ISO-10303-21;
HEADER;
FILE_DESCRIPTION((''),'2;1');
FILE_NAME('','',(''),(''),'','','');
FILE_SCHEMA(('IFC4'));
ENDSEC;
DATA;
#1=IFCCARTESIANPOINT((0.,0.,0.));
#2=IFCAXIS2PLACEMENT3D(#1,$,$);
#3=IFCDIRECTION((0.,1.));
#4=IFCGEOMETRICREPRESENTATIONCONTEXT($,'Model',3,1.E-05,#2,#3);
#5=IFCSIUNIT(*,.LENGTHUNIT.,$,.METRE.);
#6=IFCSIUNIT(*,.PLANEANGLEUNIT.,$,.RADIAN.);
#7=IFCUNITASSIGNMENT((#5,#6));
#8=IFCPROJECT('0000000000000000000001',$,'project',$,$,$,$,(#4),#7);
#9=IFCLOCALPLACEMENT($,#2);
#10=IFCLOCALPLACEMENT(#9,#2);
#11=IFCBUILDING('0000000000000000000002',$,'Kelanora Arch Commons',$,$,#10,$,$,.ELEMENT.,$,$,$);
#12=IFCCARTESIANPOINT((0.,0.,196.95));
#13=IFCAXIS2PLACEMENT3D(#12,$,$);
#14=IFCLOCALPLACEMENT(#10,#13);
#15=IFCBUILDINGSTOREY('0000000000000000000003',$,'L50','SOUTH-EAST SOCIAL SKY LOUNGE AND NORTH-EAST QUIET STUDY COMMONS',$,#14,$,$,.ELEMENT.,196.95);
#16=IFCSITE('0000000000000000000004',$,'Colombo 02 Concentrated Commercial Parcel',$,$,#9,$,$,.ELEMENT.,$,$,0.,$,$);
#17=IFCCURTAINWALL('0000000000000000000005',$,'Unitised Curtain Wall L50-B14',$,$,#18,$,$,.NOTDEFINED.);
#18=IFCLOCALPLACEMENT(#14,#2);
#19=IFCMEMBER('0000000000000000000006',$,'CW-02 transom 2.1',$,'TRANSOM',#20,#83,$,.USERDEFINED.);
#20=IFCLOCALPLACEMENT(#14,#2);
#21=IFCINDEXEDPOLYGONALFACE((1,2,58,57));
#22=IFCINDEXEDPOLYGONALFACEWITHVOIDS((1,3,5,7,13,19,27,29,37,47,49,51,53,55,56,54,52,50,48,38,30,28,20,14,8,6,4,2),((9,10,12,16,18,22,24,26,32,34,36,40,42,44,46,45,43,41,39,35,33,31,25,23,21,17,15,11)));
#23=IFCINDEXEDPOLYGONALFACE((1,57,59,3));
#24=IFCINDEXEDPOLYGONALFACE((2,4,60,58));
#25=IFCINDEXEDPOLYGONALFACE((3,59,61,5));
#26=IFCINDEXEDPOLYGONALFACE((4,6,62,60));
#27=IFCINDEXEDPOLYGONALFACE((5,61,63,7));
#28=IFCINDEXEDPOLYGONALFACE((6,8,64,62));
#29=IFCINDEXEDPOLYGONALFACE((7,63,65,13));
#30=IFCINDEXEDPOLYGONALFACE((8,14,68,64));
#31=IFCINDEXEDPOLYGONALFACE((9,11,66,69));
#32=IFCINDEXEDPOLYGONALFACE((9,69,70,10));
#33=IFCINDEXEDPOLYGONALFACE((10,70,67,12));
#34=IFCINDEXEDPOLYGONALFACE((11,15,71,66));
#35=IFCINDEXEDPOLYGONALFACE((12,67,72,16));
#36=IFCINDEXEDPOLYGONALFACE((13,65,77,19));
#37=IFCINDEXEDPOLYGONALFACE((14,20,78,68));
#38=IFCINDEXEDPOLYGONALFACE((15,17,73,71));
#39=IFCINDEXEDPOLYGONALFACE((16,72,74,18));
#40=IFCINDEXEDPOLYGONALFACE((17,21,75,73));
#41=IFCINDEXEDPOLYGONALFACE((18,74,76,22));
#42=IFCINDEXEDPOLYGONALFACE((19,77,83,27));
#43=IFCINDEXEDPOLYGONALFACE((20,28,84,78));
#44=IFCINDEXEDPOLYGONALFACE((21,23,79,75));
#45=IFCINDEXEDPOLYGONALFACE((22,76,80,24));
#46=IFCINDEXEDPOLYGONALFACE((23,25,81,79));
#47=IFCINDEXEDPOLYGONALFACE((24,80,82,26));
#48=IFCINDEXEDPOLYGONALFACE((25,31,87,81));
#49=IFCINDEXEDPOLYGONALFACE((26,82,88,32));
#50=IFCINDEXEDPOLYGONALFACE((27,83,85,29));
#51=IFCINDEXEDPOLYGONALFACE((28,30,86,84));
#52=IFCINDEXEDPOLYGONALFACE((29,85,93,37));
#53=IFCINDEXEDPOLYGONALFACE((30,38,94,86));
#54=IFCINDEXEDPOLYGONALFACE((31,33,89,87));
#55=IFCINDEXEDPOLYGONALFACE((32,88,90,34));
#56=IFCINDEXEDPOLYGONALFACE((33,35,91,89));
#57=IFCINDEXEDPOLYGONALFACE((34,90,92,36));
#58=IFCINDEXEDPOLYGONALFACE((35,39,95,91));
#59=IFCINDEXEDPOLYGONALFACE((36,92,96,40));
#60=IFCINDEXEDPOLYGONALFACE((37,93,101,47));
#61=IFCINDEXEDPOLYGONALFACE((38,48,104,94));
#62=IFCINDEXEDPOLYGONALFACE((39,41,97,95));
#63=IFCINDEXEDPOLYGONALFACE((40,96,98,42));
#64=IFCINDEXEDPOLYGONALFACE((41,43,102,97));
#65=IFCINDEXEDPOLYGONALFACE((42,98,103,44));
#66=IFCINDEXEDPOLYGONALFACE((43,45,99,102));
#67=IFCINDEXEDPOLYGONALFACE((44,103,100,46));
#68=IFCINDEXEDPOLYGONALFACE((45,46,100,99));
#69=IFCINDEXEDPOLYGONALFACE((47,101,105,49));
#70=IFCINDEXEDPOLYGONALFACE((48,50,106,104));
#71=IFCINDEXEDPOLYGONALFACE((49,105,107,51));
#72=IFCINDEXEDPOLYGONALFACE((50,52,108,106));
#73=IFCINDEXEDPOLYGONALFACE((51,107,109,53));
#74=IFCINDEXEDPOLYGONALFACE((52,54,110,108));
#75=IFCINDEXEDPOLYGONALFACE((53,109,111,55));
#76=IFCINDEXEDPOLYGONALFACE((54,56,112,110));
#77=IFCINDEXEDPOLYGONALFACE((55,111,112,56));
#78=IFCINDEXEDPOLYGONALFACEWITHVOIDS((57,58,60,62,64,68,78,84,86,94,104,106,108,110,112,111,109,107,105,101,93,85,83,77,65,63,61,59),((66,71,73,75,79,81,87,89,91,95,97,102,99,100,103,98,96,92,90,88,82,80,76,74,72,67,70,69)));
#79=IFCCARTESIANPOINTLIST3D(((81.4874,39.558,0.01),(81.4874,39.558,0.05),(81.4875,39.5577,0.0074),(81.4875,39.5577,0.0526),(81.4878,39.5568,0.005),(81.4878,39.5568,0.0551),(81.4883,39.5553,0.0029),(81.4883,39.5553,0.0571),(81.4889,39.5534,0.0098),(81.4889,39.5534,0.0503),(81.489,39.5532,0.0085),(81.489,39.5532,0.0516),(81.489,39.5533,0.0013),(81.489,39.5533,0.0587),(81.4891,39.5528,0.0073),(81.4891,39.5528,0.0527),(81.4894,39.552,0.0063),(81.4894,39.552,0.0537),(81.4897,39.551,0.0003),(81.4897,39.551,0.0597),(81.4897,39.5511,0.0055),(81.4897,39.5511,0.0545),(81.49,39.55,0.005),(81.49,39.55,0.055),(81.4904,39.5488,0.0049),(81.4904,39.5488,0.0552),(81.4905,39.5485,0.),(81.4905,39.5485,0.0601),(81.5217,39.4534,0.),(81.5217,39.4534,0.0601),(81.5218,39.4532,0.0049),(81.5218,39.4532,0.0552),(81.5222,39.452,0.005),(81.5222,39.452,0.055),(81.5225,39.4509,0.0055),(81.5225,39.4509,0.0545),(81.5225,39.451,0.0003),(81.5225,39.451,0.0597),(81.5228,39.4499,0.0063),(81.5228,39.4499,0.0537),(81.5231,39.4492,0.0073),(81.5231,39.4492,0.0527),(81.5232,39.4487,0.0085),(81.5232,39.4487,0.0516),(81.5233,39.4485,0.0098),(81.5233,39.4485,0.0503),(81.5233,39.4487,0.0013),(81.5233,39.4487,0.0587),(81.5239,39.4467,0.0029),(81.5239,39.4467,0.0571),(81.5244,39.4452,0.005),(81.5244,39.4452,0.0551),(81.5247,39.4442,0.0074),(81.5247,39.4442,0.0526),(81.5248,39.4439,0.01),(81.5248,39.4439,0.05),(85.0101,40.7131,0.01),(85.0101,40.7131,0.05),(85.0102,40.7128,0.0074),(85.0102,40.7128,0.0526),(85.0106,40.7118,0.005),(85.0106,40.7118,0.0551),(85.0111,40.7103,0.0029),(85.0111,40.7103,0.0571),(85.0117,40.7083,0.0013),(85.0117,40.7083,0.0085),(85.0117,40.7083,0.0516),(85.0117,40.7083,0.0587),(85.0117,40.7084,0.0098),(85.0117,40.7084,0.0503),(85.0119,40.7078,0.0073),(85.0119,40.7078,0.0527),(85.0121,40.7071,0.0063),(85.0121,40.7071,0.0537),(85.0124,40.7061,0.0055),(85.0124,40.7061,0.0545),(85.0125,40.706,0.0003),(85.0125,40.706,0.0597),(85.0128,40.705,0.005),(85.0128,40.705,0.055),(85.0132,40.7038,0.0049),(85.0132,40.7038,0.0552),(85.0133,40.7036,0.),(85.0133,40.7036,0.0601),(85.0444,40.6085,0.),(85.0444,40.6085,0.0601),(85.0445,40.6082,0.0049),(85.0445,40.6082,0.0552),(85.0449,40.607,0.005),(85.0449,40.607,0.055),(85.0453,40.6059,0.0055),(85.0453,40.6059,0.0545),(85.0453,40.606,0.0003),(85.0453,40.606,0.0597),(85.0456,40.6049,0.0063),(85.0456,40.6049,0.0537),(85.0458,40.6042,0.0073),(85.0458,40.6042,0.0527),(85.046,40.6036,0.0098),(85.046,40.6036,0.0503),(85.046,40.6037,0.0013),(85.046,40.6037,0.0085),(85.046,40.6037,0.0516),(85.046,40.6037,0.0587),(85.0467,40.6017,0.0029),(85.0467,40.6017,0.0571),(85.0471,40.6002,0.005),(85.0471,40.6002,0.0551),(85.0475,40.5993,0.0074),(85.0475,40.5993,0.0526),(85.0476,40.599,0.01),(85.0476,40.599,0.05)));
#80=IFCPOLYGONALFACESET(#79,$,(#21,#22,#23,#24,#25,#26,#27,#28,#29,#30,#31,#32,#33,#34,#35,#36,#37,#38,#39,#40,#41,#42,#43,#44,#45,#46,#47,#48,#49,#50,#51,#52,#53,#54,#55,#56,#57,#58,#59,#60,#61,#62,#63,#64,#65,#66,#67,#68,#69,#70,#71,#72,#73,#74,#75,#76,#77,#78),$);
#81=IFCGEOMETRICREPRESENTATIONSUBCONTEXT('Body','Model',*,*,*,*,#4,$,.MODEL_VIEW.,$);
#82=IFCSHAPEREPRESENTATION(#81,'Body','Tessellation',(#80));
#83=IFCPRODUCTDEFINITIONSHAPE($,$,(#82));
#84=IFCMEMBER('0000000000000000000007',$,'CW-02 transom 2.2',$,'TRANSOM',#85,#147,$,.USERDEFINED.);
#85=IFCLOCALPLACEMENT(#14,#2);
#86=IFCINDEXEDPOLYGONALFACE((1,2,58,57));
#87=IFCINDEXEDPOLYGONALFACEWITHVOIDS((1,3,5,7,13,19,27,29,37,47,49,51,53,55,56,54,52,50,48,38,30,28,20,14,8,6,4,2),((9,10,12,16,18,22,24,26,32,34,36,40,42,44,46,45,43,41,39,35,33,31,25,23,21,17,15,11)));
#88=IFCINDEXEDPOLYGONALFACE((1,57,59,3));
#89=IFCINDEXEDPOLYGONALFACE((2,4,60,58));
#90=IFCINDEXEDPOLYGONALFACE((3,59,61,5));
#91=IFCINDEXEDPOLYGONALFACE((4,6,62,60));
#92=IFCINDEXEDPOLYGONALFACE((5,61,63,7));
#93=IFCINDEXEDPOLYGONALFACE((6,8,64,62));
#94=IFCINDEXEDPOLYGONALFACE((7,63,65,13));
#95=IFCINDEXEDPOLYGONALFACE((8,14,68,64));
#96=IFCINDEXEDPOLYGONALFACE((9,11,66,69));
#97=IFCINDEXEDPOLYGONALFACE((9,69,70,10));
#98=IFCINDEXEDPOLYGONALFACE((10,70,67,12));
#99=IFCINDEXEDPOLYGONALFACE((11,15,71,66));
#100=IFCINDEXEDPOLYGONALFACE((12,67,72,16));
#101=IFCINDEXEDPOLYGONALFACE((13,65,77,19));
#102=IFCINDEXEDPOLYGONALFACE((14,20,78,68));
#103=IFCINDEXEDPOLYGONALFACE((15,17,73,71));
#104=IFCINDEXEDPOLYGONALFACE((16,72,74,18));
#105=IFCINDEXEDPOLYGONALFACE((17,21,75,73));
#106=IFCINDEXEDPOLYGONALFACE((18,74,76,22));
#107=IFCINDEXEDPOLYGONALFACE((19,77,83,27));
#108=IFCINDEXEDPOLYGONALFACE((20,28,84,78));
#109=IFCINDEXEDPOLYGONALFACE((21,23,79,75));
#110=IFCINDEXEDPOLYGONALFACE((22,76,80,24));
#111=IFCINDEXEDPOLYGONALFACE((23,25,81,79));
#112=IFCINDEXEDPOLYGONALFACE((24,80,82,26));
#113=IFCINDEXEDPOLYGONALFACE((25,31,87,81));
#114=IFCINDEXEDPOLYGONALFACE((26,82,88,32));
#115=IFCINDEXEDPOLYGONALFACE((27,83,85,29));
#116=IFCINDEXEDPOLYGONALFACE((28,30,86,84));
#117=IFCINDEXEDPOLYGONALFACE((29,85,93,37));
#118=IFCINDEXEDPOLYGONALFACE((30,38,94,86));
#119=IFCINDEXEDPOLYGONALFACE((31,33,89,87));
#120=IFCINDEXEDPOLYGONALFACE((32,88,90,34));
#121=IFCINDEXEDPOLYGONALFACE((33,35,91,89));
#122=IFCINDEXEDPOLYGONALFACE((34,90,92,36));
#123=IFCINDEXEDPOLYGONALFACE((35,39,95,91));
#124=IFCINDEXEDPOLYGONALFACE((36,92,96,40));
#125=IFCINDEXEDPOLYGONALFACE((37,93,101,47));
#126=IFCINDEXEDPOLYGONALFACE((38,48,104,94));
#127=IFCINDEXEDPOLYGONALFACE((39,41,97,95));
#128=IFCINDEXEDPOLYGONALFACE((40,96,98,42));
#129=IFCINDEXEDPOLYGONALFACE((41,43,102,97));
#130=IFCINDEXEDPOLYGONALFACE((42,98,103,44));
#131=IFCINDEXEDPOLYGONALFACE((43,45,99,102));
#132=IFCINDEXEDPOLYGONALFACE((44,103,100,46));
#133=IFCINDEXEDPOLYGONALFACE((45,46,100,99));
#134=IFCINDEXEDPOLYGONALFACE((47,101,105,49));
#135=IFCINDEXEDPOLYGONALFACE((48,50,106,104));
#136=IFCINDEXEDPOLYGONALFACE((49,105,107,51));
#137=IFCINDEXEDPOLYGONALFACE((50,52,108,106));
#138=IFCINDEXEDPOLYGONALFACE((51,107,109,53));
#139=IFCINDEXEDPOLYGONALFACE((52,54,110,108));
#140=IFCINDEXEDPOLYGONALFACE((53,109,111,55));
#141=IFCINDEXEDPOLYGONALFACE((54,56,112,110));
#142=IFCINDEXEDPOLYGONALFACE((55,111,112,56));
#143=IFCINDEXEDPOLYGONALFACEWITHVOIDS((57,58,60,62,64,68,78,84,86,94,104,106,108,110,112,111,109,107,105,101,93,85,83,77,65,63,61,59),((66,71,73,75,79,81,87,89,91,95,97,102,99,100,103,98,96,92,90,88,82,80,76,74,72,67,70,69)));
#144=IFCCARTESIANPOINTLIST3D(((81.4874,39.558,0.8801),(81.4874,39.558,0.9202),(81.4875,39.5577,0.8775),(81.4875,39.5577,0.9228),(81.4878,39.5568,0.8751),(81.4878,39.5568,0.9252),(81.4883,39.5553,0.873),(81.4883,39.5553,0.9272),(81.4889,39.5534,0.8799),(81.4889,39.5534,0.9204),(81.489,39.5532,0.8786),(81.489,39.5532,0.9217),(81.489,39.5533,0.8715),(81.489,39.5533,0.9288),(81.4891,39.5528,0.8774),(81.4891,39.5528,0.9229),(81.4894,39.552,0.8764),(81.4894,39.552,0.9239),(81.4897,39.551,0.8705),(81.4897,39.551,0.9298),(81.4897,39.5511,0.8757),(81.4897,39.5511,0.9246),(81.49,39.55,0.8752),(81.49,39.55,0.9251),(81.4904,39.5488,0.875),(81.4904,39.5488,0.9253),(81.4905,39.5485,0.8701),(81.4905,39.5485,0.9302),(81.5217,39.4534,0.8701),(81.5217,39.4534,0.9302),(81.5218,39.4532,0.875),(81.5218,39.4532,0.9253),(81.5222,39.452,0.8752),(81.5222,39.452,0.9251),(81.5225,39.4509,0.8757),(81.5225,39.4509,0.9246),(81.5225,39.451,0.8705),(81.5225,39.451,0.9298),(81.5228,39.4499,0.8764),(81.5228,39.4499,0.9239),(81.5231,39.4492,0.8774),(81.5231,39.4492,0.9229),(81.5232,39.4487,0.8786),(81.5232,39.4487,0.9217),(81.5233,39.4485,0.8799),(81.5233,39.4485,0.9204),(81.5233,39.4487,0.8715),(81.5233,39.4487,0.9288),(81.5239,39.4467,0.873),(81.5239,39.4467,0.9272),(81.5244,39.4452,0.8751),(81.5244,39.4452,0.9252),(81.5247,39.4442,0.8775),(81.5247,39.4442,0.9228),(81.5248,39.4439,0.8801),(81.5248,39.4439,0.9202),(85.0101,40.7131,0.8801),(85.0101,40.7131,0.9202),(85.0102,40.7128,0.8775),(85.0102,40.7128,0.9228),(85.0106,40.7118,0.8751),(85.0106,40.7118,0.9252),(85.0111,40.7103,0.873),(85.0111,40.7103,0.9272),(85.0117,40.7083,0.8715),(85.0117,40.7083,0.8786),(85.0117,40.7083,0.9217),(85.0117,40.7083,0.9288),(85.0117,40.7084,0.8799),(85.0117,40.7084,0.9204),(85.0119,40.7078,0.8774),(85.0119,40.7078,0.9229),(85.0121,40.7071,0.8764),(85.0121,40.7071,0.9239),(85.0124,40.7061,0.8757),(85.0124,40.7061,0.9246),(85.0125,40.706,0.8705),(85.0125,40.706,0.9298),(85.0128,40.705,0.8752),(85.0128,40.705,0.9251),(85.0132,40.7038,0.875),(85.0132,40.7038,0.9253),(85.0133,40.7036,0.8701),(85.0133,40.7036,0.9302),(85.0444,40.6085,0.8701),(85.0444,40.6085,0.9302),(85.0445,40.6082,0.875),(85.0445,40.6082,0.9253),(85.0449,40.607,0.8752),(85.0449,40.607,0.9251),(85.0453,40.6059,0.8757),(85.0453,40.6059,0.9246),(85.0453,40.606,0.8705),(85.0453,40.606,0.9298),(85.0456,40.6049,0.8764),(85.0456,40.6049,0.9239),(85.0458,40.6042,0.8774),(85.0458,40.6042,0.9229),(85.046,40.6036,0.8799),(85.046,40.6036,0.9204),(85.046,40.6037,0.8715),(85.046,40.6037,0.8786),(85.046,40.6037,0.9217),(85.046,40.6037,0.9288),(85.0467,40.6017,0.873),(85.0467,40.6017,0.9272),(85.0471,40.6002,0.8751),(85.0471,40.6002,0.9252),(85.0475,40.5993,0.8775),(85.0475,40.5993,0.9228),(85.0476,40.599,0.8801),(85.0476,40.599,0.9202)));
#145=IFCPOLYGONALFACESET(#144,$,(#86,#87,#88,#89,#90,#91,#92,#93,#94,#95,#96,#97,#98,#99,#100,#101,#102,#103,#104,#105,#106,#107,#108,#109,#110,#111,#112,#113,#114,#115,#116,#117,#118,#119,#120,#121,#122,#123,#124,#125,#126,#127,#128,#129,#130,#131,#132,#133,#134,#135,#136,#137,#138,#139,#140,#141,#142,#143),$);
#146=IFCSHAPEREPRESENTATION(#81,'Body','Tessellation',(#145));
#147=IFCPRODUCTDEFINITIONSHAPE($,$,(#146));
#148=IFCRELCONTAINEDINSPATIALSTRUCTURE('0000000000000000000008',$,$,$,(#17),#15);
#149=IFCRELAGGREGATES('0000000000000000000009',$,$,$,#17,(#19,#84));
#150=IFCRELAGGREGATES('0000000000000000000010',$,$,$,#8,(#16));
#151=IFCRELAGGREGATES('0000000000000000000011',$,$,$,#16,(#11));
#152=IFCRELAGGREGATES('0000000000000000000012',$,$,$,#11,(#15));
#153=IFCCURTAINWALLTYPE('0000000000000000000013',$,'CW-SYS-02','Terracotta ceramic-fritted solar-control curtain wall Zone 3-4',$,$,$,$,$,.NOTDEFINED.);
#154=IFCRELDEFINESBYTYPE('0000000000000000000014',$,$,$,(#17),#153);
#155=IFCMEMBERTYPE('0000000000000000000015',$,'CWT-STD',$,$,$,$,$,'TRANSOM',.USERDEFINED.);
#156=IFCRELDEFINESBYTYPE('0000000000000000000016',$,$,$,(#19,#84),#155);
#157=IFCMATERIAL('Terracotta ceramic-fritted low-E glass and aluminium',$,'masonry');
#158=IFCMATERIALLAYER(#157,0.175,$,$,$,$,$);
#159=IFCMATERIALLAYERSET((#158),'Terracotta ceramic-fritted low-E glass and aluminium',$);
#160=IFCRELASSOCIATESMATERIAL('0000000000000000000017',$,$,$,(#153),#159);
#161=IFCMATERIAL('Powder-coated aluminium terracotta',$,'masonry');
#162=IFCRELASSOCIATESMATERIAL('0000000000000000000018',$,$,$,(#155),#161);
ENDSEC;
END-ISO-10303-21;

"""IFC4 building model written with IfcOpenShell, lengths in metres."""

from ifc_helpers import new_model, si_unit, direction, frame, origin, origin_2d, place, context, subcontext, project, spatial, hollow_rectangle, extrude, material, layer, layer_set, material_profile, profile_set, type_object, element, aggregate, save


model = new_model("IFC4")

# Units and contexts
model_context = context("Model", 3, precision=1e-05, world=origin(), true_north=direction((0.0, 1.0)))
body_context = subcontext(model_context, "Body", "Model", "MODEL_VIEW")
ifc_project = project(units=[si_unit("LENGTHUNIT", "METRE"), si_unit("PLANEANGLEUNIT", "RADIAN")], contexts=[model_context])

# Site, building, storey
site_placement = place(None, origin())
site = spatial("IfcSite", under=ifc_project, at=site_placement, Name="Colombo 02 Concentrated Commercial Parcel", CompositionType="ELEMENT", RefElevation=0.0)
building_placement = place(site_placement, origin())
building = spatial("IfcBuilding", under=site, at=building_placement, Name="Kelanora Arch Commons", CompositionType="ELEMENT")
storey_placement = place(building_placement, frame((0.0, 0.0, 196.95)))
storey = spatial("IfcBuildingStorey", under=building, at=storey_placement, Name="L50", Description="SOUTH-EAST SOCIAL SKY LOUNGE AND NORTH-EAST QUIET STUDY COMMONS", CompositionType="ELEMENT", Elevation=196.95)

# Curtain wall, members
ifc_material_1 = material(Name="Terracotta ceramic-fritted low-E glass and aluminium", Category="masonry")
ifc_layer_1 = layer(ifc_material_1, 0.175)
ifc_layer_set_1 = layer_set([ifc_layer_1], Name="Terracotta ceramic-fritted low-E glass and aluminium")
curtain_wall_type = type_object("IfcCurtainWallType", Name="CW-SYS-02", Description="Terracotta ceramic-fritted solar-control curtain wall Zone 3-4", PredefinedType="NOTDEFINED", material=ifc_layer_set_1)
curtain_wall_placement = place(storey_placement, origin())
curtain_wall = element("IfcCurtainWall", 1, at=curtain_wall_placement, inside=storey, type_object=curtain_wall_type, Name="Unitised Curtain Wall L50-B14", PredefinedType="NOTDEFINED")
ifc_material_2 = material(Name="Powder-coated aluminium terracotta", Category="masonry")
ifc_material_profile_1 = material_profile(ifc_material_2, hollow_rectangle(XDim=0.1201, YDim=0.0601, WallThickness=0.0049, InnerFilletRadius=0.0049, OuterFilletRadius=0.01, at=origin_2d()), Name="CWT120x60")
ifc_profile_set_1 = profile_set([ifc_material_profile_1], Name="Powder-coated aluminium terracotta")
member_type_1 = type_object("IfcMemberType", Name="CWT-STD", ElementType="TRANSOM", PredefinedType="USERDEFINED", material=ifc_profile_set_1)
member_1_placement = place(storey_placement, frame((81.5061, 39.501, 0.03), z_axis=(0.950226, 0.311561, 0.0), x_axis=(-0.311561, 0.950226, 0.0)))
member_1 = element("IfcMember", 2, at=member_1_placement, type_object=member_type_1, Name="CW-02 transom 2.1", ObjectType="TRANSOM", PredefinedType="USERDEFINED", context=body_context, shape_type="SweptSolid", body=[
    extrude(hollow_rectangle(XDim=0.1201, YDim=0.0601, WallThickness=0.0049, InnerFilletRadius=0.0049, OuterFilletRadius=0.01, at=origin_2d()), origin(), (0.0, 0.0, 1.0), 3.7073),
])
member_2_placement = place(storey_placement, frame((81.5061, 39.501, 0.9001), z_axis=(0.950226, 0.311561, 0.0), x_axis=(-0.311561, 0.950226, 0.0)))
member_2 = element("IfcMember", 3, at=member_2_placement, type_object=member_type_1, Name="CW-02 transom 2.2", ObjectType="TRANSOM", PredefinedType="USERDEFINED", context=body_context, shape_type="SweptSolid", body=[
    extrude(hollow_rectangle(XDim=0.1201, YDim=0.0601, WallThickness=0.0049, InnerFilletRadius=0.0049, OuterFilletRadius=0.01, at=origin_2d()), origin(), (0.0, 0.0, 1.0), 3.7073),
])
aggregate(curtain_wall, [member_1, member_2])

save(model, "model.ifc")
